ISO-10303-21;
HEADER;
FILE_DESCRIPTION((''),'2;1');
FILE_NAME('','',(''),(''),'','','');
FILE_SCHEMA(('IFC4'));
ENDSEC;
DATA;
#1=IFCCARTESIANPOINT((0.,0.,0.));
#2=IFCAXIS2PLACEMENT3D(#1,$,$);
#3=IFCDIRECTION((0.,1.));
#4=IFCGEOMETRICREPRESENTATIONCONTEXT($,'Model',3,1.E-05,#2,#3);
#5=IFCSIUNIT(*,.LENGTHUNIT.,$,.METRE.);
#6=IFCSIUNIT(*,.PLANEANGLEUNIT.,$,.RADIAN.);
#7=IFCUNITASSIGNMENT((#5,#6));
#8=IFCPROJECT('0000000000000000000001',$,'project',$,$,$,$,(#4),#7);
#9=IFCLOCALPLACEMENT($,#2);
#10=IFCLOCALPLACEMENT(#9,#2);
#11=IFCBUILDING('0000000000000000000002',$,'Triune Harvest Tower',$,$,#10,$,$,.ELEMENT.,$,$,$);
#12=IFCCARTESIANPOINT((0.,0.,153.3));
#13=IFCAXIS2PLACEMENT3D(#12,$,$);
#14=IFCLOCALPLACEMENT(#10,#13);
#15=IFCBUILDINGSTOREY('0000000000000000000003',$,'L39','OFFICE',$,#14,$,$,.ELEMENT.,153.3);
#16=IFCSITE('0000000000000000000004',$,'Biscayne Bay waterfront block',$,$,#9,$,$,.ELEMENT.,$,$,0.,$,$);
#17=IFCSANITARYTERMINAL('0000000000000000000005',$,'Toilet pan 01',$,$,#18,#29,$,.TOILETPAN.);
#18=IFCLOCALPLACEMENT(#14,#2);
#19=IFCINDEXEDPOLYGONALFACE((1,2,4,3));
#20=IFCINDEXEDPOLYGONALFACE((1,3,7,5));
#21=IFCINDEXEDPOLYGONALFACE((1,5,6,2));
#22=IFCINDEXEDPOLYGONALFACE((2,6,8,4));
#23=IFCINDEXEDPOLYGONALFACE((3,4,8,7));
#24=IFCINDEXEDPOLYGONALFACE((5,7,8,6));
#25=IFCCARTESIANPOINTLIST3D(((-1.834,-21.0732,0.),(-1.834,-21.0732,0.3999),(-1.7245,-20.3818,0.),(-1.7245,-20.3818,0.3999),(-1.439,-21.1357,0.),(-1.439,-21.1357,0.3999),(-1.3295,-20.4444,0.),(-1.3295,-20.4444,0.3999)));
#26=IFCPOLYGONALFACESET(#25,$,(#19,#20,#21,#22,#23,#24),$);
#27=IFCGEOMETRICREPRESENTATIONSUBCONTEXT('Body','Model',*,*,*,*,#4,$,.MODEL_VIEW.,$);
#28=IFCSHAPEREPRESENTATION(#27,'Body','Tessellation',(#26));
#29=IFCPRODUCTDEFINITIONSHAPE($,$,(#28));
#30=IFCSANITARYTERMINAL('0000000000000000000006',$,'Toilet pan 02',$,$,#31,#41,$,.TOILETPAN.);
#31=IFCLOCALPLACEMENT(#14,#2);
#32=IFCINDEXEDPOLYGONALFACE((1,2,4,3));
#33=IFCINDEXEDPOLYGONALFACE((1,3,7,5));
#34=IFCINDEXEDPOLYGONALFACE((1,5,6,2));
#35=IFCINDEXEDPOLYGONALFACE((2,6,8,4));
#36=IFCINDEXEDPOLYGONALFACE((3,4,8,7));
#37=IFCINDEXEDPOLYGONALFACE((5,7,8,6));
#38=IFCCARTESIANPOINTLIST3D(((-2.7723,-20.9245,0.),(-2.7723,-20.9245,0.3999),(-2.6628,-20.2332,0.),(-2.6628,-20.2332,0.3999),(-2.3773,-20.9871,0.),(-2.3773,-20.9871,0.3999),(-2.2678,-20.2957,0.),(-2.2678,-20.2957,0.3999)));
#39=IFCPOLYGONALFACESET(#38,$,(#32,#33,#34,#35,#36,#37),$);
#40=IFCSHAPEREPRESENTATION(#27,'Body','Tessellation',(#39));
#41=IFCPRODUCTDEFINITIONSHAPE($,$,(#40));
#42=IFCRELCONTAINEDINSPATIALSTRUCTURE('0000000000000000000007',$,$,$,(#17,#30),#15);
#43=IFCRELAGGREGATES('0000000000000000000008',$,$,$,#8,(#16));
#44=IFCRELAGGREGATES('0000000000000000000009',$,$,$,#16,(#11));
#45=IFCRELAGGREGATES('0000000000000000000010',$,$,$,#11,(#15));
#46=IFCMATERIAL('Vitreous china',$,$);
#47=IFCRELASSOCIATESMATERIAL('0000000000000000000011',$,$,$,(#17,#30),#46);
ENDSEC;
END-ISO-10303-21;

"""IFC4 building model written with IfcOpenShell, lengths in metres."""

from ifc_helpers import new_model, si_unit, direction, frame, origin, origin_2d, place, context, subcontext, project, spatial, rectangle, extrude, source, transform, mapped, material, element, save


model = new_model("IFC4")

# Units and contexts
model_context = context("Model", 3, precision=1e-05, world=origin(), true_north=direction((0.0, 1.0)))
body_context = subcontext(model_context, "Body", "Model", "MODEL_VIEW")
ifc_project = project(units=[si_unit("LENGTHUNIT", "METRE"), si_unit("PLANEANGLEUNIT", "RADIAN")], contexts=[model_context])

# Site, building, storey
site_placement = place(None, origin())
site = spatial("IfcSite", under=ifc_project, at=site_placement, Name="Biscayne Bay waterfront block", CompositionType="ELEMENT", RefElevation=0.0)
building_placement = place(site_placement, origin())
building = spatial("IfcBuilding", under=site, at=building_placement, Name="Triune Harvest Tower", CompositionType="ELEMENT")
storey_placement = place(building_placement, frame((0.0, 0.0, 153.3)))
storey = spatial("IfcBuildingStorey", under=building, at=storey_placement, Name="L39", Description="OFFICE", CompositionType="ELEMENT", Elevation=153.3)

# Sanitary terminals
ifc_material_1 = material(Name="Vitreous china")
shared_shape_1 = source(origin(), body_context, "Body", "SweptSolid", [
    extrude(rectangle(XDim=0.3999, YDim=0.7, at=origin_2d()), origin(), (0.0, 0.0, 1.0), 0.3999),
])
for number, where, z_axis, x_axis, name in (
    (1, (-1.5818, -20.7588, 0.0), (0.0, 0.0, 1.0), (-0.987688, 0.156434, 0.0), "Toilet pan 01"),
    (2, (-2.52, -20.6101, 0.0), (0.0, 0.0, 1.0), (-0.987688, 0.156434, 0.0), "Toilet pan 02"),
):
    element("IfcSanitaryTerminal", number, at=place(storey_placement, frame(where, z_axis=z_axis, x_axis=x_axis)), inside=storey, material=ifc_material_1, Name=name, PredefinedType="TOILETPAN", context=body_context, shape_type="MappedRepresentation", body=[
        mapped(shared_shape_1, transform((0.0, 0.0, 0.0), scale=1.0)),
    ])

save(model, "model.ifc")
